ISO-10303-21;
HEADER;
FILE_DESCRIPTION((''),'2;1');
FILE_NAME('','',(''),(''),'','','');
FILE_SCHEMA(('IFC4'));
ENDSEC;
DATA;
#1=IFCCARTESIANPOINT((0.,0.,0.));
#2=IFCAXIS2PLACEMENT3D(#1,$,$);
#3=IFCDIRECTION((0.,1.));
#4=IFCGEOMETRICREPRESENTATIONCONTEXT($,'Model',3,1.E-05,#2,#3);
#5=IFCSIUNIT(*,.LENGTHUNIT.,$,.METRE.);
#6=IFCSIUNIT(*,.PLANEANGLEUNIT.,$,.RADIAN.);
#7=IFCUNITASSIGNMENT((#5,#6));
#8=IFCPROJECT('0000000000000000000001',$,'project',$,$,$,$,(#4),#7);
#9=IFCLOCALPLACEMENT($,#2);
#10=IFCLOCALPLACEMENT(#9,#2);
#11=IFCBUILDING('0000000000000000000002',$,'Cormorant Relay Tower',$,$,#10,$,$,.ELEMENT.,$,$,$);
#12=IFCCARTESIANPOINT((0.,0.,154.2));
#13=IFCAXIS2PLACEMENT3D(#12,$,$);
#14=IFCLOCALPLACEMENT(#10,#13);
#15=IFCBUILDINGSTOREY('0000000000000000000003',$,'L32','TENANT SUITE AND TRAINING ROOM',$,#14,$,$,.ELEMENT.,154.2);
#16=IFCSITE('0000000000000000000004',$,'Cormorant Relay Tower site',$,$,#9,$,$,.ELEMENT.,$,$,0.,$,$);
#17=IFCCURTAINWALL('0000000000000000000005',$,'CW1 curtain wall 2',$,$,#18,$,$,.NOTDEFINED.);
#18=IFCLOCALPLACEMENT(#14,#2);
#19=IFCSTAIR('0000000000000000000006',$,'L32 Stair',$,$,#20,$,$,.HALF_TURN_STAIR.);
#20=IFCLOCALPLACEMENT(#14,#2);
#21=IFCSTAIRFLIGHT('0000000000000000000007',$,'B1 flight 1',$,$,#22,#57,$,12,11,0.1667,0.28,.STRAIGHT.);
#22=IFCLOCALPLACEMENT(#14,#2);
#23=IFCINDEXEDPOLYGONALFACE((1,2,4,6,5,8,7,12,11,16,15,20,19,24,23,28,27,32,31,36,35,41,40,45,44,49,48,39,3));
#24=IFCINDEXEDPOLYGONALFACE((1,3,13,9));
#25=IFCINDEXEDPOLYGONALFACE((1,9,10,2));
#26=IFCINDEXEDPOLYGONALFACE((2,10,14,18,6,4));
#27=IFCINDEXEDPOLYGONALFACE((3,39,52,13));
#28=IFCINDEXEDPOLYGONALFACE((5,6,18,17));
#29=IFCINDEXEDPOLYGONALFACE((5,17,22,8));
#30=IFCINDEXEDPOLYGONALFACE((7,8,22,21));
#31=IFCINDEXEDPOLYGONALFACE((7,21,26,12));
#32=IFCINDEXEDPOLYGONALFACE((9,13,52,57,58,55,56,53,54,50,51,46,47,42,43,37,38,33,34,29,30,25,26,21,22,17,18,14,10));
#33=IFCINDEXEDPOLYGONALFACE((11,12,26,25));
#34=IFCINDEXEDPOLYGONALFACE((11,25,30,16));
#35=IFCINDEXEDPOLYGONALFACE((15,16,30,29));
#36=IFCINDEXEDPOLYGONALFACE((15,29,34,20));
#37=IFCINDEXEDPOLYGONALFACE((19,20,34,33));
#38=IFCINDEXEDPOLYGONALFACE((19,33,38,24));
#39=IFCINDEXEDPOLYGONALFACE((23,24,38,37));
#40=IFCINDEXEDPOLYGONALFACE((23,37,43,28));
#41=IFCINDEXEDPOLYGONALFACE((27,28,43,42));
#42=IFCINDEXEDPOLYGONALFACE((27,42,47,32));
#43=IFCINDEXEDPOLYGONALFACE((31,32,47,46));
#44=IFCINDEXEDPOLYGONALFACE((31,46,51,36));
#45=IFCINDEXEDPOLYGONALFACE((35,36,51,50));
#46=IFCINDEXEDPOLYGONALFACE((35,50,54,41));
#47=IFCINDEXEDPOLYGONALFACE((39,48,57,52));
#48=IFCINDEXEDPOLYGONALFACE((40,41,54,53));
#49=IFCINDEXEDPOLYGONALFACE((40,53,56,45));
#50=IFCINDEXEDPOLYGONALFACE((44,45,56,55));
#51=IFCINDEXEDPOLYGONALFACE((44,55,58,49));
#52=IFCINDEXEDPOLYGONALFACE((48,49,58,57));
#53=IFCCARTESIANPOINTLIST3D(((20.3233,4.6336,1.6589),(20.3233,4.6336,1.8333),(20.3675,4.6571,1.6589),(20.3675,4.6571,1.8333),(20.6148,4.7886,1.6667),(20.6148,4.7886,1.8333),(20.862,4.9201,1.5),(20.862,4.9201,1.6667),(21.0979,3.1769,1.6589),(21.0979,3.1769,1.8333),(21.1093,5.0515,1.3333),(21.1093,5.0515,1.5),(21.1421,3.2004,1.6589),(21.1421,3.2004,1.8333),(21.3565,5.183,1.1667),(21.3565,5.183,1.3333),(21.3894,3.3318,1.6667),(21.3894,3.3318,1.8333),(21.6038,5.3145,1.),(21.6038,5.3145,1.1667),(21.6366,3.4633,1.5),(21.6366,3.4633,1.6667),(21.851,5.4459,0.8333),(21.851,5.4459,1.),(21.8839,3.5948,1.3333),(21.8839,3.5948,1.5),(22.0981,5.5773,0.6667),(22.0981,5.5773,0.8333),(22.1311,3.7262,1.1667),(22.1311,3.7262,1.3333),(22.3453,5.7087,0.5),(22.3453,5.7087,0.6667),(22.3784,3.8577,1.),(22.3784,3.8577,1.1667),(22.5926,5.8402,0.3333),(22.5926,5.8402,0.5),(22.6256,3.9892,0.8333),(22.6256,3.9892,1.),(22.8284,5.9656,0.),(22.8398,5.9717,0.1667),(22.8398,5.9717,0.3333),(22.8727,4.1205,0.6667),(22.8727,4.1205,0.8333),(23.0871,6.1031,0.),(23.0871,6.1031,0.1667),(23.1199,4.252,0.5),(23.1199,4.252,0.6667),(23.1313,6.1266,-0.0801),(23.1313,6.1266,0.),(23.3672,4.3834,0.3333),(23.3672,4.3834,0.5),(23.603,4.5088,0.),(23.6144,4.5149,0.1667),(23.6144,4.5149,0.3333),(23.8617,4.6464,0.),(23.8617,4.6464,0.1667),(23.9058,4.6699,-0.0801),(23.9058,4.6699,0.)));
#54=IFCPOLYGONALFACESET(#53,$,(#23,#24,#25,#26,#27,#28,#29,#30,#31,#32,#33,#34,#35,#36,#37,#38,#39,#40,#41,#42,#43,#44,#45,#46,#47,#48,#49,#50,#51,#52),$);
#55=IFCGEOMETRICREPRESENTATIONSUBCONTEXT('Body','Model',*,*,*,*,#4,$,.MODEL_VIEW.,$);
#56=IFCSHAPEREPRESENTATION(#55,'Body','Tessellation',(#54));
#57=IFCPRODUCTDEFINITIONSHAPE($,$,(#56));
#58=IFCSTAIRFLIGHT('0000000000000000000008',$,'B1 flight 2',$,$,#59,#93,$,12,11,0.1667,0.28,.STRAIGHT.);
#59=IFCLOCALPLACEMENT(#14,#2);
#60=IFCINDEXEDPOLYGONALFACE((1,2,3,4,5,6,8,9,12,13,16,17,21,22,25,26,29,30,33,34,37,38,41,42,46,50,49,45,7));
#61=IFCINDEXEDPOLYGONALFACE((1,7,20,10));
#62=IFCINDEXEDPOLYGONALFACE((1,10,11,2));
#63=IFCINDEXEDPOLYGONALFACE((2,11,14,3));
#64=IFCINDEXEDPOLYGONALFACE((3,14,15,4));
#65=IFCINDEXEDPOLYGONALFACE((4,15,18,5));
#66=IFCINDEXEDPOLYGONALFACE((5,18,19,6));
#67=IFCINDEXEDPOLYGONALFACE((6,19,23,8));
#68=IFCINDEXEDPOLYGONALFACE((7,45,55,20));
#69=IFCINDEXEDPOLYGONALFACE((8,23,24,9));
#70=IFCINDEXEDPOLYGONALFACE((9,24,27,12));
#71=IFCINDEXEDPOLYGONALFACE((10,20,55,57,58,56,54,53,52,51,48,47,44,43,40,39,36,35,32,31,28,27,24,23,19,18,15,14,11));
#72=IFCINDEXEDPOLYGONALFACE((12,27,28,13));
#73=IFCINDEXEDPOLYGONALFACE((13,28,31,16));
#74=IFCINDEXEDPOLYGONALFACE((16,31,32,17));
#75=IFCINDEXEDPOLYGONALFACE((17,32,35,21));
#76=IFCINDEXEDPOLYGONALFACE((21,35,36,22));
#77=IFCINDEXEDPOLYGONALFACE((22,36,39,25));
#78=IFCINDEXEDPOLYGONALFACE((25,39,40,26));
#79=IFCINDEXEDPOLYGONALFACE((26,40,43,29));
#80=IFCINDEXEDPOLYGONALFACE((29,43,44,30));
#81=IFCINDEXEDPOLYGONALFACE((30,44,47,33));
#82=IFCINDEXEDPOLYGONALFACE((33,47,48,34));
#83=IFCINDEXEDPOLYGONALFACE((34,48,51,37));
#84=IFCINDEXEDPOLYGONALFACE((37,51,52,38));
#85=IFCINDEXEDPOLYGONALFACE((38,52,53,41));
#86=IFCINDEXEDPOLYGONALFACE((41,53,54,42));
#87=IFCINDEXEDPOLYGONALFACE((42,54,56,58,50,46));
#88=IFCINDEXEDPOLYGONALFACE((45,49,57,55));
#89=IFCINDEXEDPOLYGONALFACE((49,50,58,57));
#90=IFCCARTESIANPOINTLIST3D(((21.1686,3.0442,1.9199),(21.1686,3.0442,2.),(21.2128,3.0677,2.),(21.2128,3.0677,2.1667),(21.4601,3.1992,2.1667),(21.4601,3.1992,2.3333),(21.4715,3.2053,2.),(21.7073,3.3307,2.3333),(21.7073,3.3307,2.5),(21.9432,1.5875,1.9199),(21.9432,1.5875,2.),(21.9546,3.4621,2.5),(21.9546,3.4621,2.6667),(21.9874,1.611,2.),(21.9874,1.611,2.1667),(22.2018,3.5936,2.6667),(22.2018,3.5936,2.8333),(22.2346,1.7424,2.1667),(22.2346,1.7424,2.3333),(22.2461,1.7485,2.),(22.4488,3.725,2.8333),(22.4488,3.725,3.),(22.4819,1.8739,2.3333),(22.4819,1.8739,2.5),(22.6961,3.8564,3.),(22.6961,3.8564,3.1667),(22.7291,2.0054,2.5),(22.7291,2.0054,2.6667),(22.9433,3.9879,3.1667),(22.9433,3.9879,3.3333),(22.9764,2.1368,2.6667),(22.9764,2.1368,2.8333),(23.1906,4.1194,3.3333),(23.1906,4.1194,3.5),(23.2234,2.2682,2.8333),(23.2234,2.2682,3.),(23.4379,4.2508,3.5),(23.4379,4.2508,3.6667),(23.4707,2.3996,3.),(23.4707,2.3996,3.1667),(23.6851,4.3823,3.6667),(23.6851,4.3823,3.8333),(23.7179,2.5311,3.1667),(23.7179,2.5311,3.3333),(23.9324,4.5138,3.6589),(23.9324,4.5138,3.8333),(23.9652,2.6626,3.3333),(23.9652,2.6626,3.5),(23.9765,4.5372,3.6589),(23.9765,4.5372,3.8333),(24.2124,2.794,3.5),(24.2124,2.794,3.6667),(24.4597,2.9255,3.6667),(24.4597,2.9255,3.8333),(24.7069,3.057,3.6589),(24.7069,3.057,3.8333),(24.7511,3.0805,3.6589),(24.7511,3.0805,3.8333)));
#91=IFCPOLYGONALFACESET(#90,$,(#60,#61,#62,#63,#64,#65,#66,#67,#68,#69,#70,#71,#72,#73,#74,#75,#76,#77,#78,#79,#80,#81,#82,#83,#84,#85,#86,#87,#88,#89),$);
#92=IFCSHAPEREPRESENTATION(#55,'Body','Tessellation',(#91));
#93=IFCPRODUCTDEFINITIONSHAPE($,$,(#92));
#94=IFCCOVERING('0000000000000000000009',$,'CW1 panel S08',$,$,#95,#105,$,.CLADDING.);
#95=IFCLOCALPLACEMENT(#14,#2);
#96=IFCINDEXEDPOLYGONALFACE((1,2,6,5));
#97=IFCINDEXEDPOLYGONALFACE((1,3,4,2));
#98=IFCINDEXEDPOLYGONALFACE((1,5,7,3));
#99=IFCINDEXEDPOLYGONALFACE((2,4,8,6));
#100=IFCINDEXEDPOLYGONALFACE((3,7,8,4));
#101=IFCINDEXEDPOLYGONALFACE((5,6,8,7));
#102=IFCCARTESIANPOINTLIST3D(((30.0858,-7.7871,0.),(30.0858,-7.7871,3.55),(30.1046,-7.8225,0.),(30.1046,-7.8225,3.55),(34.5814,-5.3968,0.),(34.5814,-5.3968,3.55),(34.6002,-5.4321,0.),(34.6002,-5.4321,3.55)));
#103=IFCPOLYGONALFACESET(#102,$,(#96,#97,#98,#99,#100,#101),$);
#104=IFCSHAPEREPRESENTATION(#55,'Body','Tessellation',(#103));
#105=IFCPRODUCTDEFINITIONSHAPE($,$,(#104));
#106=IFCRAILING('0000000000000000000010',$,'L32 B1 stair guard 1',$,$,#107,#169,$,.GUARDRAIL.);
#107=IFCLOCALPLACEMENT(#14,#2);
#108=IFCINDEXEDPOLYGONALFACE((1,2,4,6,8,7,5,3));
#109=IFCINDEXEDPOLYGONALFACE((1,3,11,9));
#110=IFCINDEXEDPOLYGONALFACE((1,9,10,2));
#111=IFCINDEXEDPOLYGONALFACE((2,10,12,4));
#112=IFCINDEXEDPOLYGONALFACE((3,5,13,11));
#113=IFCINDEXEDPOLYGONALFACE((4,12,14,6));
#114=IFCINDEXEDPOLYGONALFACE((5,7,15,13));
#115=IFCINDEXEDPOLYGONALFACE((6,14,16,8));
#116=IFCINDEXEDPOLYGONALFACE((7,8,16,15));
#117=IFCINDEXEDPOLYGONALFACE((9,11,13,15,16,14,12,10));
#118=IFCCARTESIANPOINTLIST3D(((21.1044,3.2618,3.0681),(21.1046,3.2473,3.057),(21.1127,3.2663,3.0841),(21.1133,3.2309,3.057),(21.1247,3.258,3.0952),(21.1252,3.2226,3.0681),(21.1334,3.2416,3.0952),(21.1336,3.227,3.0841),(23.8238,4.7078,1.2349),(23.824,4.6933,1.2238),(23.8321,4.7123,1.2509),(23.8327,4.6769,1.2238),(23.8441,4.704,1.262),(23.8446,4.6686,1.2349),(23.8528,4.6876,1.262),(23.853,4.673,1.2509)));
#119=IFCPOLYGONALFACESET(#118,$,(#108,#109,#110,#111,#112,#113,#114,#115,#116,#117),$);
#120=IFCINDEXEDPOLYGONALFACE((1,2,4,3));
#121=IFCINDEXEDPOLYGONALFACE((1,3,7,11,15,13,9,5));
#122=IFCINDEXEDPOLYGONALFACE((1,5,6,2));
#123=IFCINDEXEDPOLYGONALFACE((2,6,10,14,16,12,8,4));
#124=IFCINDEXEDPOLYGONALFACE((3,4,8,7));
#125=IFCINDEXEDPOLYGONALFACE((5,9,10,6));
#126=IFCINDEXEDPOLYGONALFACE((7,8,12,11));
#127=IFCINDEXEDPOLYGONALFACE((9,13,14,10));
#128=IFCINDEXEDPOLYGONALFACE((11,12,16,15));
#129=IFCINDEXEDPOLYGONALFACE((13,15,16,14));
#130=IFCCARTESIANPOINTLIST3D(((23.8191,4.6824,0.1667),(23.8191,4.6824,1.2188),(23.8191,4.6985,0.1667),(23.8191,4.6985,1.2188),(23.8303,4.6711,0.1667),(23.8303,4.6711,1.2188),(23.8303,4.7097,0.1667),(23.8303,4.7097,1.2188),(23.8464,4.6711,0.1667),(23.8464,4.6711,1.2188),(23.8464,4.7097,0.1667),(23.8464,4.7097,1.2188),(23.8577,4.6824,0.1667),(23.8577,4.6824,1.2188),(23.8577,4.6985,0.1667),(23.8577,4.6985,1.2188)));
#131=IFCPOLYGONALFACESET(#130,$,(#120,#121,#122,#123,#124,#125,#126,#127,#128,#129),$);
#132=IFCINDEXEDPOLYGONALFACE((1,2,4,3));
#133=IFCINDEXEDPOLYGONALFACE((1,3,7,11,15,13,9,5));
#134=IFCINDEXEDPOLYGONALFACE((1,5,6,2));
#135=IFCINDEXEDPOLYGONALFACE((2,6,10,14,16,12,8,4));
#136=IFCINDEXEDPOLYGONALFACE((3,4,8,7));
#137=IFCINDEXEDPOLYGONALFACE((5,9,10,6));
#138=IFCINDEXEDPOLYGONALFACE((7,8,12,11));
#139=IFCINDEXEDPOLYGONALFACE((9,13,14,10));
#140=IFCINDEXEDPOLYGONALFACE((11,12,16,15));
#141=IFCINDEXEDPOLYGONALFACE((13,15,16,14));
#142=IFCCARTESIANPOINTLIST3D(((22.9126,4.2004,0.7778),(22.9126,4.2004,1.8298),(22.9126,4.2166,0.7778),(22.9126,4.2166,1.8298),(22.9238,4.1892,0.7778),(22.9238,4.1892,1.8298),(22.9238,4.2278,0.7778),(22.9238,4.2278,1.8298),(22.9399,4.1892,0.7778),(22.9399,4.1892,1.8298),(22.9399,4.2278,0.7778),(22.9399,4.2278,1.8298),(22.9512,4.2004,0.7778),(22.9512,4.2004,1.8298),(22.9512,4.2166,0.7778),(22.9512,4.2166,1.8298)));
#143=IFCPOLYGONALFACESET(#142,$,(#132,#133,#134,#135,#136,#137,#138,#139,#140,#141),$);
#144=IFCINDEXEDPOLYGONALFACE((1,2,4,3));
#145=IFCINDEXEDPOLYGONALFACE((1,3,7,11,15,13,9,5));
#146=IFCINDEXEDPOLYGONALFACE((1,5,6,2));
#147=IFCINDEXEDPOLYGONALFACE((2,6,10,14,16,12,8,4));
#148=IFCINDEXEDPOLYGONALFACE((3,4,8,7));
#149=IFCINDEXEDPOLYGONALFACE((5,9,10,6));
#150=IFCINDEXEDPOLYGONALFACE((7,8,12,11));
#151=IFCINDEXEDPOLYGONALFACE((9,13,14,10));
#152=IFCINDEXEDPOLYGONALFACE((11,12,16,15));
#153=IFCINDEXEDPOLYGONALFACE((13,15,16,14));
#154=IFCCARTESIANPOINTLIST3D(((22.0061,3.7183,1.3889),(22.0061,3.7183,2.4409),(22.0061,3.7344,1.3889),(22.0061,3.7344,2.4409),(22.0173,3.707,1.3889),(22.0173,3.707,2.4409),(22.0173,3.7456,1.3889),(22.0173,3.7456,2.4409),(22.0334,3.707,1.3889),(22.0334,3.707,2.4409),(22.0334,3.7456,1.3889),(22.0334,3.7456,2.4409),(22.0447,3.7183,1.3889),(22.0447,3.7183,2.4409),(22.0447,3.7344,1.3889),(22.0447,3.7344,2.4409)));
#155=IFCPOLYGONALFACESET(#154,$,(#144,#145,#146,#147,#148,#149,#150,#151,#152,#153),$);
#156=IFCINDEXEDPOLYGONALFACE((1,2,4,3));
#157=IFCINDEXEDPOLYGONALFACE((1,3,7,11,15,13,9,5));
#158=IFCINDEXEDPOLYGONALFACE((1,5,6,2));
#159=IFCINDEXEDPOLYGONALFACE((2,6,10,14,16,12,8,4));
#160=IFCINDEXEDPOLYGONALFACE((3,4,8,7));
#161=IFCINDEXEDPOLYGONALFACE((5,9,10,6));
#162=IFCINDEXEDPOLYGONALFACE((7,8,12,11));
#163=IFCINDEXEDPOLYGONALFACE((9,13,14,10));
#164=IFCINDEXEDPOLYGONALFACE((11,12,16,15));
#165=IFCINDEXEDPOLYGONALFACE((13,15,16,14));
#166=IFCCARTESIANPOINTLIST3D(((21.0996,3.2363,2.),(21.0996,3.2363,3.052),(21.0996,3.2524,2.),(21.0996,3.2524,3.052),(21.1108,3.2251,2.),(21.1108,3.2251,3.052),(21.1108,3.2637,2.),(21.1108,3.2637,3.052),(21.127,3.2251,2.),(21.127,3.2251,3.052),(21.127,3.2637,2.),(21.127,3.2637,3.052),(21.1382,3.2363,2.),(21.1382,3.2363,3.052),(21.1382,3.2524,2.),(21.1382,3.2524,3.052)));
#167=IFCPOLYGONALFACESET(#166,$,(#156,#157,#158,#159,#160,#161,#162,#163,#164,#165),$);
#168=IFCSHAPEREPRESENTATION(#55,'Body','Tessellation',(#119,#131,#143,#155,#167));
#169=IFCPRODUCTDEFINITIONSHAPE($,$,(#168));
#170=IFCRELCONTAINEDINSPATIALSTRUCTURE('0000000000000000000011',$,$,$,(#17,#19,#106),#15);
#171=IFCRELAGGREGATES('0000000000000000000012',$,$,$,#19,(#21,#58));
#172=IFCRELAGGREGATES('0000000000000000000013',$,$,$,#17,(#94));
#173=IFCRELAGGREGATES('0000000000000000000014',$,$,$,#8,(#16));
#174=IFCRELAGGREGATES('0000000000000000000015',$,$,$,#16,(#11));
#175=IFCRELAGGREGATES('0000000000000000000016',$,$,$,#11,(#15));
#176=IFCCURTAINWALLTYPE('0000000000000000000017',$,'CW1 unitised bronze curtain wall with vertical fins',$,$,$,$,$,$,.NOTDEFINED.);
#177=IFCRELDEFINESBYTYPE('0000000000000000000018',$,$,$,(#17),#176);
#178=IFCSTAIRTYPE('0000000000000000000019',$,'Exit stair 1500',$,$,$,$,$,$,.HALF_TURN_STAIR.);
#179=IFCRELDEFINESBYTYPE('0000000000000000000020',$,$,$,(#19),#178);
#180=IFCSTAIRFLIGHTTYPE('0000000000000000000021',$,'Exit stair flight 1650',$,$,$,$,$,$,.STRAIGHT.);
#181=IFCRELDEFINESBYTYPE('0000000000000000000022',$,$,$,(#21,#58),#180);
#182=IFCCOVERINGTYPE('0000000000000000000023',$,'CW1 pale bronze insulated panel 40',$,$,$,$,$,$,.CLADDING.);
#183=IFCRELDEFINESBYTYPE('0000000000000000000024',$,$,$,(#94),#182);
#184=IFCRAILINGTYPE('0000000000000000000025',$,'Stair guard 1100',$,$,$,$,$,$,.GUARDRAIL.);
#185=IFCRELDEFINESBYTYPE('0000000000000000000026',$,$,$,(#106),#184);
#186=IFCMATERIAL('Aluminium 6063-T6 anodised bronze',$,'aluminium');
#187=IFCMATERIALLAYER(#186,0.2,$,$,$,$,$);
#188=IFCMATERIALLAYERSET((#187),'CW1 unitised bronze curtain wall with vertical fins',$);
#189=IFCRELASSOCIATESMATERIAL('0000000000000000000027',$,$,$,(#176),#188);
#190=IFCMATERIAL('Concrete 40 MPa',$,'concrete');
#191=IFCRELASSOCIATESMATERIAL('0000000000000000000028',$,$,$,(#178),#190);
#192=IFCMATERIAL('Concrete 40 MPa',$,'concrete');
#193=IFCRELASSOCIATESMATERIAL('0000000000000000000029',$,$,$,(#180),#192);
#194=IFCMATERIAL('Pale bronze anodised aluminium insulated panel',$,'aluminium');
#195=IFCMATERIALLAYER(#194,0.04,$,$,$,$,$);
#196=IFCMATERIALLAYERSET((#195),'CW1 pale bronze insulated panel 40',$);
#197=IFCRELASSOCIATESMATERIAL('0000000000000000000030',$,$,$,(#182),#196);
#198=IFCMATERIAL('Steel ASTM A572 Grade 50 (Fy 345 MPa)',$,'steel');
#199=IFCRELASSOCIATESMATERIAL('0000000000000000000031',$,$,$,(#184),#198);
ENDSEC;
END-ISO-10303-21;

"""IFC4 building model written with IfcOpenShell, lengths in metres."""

from ifc_helpers import new_model, si_unit, direction, frame, origin, origin_2d, place, context, subcontext, project, spatial, polyline, rectangle, outline, extrude, material, layer, layer_set, type_object, element, aggregate, save


model = new_model("IFC4")

# Units and contexts
model_context = context("Model", 3, precision=1e-05, world=origin(), true_north=direction((0.0, 1.0)))
body_context = subcontext(model_context, "Body", "Model", "MODEL_VIEW")
ifc_project = project(units=[si_unit("LENGTHUNIT", "METRE"), si_unit("PLANEANGLEUNIT", "RADIAN")], contexts=[model_context])

# Site, building, storey
site_placement = place(None, origin())
site = spatial("IfcSite", under=ifc_project, at=site_placement, Name="Cormorant Relay Tower site", CompositionType="ELEMENT", RefElevation=0.0)
building_placement = place(site_placement, origin())
building = spatial("IfcBuilding", under=site, at=building_placement, Name="Cormorant Relay Tower", CompositionType="ELEMENT")
storey_placement = place(building_placement, frame((0.0, 0.0, 154.2)))
storey = spatial("IfcBuildingStorey", under=building, at=storey_placement, Name="L32", Description="TENANT SUITE AND TRAINING ROOM", CompositionType="ELEMENT", Elevation=154.2)

# Curtain wall
ifc_material_1 = material(Name="Aluminium 6063-T6 anodised bronze", Category="aluminium")
ifc_layer_1 = layer(ifc_material_1, 0.2)
ifc_layer_set_1 = layer_set([ifc_layer_1], Name="CW1 unitised bronze curtain wall with vertical fins")
curtain_wall_type = type_object("IfcCurtainWallType", Name="CW1 unitised bronze curtain wall with vertical fins", PredefinedType="NOTDEFINED", material=ifc_layer_set_1)
curtain_wall_1_placement = place(storey_placement, origin())
curtain_wall_1 = element("IfcCurtainWall", 1, at=curtain_wall_1_placement, inside=storey, type_object=curtain_wall_type, Name="CW1 curtain wall 2", PredefinedType="NOTDEFINED")

# Stair, stair flights
ifc_material_2 = material(Name="Concrete 40 MPa", Category="concrete")
stair_type = type_object("IfcStairType", Name="Exit stair 1500", PredefinedType="HALF_TURN_STAIR", material=ifc_material_2)
stair_placement = place(storey_placement, origin())
stair = element("IfcStair", 2, at=stair_placement, inside=storey, type_object=stair_type, Name="L32 Stair", PredefinedType="HALF_TURN_STAIR")
ifc_material_3 = material(Name="Concrete 40 MPa", Category="concrete")
stair_flight_type = type_object("IfcStairFlightType", Name="Exit stair flight 1650", PredefinedType="STRAIGHT", material=ifc_material_3)
stair_flight_1_placement = place(storey_placement, frame((23.4744, 5.3748, 0.0), z_axis=(0.0, 0.0, 1.0), x_axis=(-0.882948, -0.469472, 0.0)))
stair_flight_1 = element("IfcStairFlight", 3, at=stair_flight_1_placement, type_object=stair_flight_type, Name="B1 flight 1", NumberOfRisers=12, NumberOfTreads=11, PredefinedType="STRAIGHT", RiserHeight=0.1667, TreadLength=0.28, context=body_context, shape_type="SweptSolid", body=[
    extrude(outline(polyline([(-0.05, -0.0801), (-0.05, 0.0), (0.0, 0.0), (0.0, 0.1667), (0.28, 0.1667), (0.28, 0.3333), (0.5601, 0.3333), (0.5601, 0.5), (0.8401, 0.5), (0.8401, 0.6667), (1.1201, 0.6667), (1.1201, 0.8333), (1.3999, 0.8333), (1.3999, 1.0), (1.6799, 1.0), (1.6799, 1.1667), (1.96, 1.1667), (1.96, 1.3333), (2.24, 1.3333), (2.24, 1.5), (2.52, 1.5), (2.52, 1.6667), (2.8, 1.6667), (2.8, 1.8333), (3.0801, 1.8333), (3.1301, 1.8333), (3.1301, 1.6589), (3.0801, 1.6589), (0.293, 0.0), (-0.05, -0.0801)])), frame((0.0, 0.825, 0.0), z_axis=(0.0, -1.0, 0.0), x_axis=(1.0, 0.0, 0.0)), (0.0, 0.0, 1.0), 1.6499),
])
stair_flight_2_placement = place(storey_placement, frame((21.6001, 2.3394, 2.0), z_axis=(0.0, 0.0, 1.0), x_axis=(0.882948, 0.469472, 0.0)))
stair_flight_2 = element("IfcStairFlight", 4, at=stair_flight_2_placement, type_object=stair_flight_type, Name="B1 flight 2", NumberOfRisers=12, NumberOfTreads=11, PredefinedType="STRAIGHT", RiserHeight=0.1667, TreadLength=0.28, context=body_context, shape_type="SweptSolid", body=[
    extrude(outline(polyline([(-0.05, -0.0801), (-0.05, 0.0), (0.0, 0.0), (0.0, 0.1667), (0.28, 0.1667), (0.28, 0.3333), (0.5601, 0.3333), (0.5601, 0.5), (0.8401, 0.5), (0.8401, 0.6667), (1.1201, 0.6667), (1.1201, 0.8333), (1.3999, 0.8333), (1.3999, 1.0), (1.6799, 1.0), (1.6799, 1.1667), (1.96, 1.1667), (1.96, 1.3333), (2.24, 1.3333), (2.24, 1.5), (2.52, 1.5), (2.52, 1.6667), (2.8, 1.6667), (2.8, 1.8333), (3.0801, 1.8333), (3.1301, 1.8333), (3.1301, 1.6589), (3.0801, 1.6589), (0.293, 0.0), (-0.05, -0.0801)])), frame((0.0, 0.825, 0.0), z_axis=(0.0, -1.0, 0.0), x_axis=(1.0, 0.0, 0.0)), (0.0, 0.0, 1.0), 1.6499),
])
aggregate(stair, [stair_flight_1, stair_flight_2])

# Covering
ifc_material_4 = material(Name="Pale bronze anodised aluminium insulated panel", Category="aluminium")
ifc_layer_2 = layer(ifc_material_4, 0.04)
ifc_layer_set_2 = layer_set([ifc_layer_2], Name="CW1 pale bronze insulated panel 40")
covering_type = type_object("IfcCoveringType", Name="CW1 pale bronze insulated panel 40", PredefinedType="CLADDING", material=ifc_layer_set_2)
covering_placement = place(storey_placement, frame((32.343, -6.6096, 0.0), z_axis=(0.0, 0.0, 1.0), x_axis=(0.882948, 0.469472, 0.0)))
covering = element("IfcCovering", 5, at=covering_placement, type_object=covering_type, Name="CW1 panel S08", PredefinedType="CLADDING", context=body_context, shape_type="SweptSolid", body=[
    extrude(rectangle(XDim=5.0916, YDim=0.04, at=origin_2d()), origin(), (0.0, 0.0, 1.0), 3.55),
])
aggregate(curtain_wall_1, [covering])

# Railing
ifc_material_5 = material(Name="Steel ASTM A572 Grade 50 (Fy 345 MPa)", Category="steel")
railing_type_1 = type_object("IfcRailingType", Name="Stair guard 1100", PredefinedType="GUARDRAIL", material=ifc_material_5)
railing_1_placement = place(storey_placement, frame((23.8384, 4.6904, 0.1667)))
element("IfcRailing", 6, at=railing_1_placement, inside=storey, type_object=railing_type_1, Name="L32 B1 stair guard 1", PredefinedType="GUARDRAIL", context=body_context, shape_type="SweptSolid", body=[
    extrude(outline(polyline([(0.0222, 0.0093), (0.0093, 0.0222), (-0.0093, 0.0222), (-0.0222, 0.0093), (-0.0222, -0.0093), (-0.0093, -0.0222), (0.0093, -0.0222), (0.0222, -0.0093), (0.0222, 0.0093)])), frame((0.0, 0.0, 1.0762), z_axis=(-0.758714, -0.403435, 0.511463), x_axis=(0.469489, -0.882938, 0.0)), (0.0, 0.0, 1.0), 3.5842),
    extrude(outline(polyline([(0.0193, 0.0081), (0.0081, 0.0193), (-0.0081, 0.0193), (-0.0193, 0.0081), (-0.0193, -0.0081), (-0.0081, -0.0193), (0.0081, -0.0193), (0.0193, -0.0081), (0.0193, 0.0081)])), origin(), (0.0, 0.0, 1.0), 1.052),
    extrude(outline(polyline([(0.0193, 0.0081), (0.0081, 0.0193), (-0.0081, 0.0193), (-0.0193, 0.0081), (-0.0193, -0.0081), (-0.0081, -0.0193), (0.0081, -0.0193), (0.0193, -0.0081), (0.0193, 0.0081)])), frame((-0.9065, -0.4819, 0.6111)), (0.0, 0.0, 1.0), 1.052),
    extrude(outline(polyline([(0.0193, 0.0081), (0.0081, 0.0193), (-0.0081, 0.0193), (-0.0193, 0.0081), (-0.0193, -0.0081), (-0.0081, -0.0193), (0.0081, -0.0193), (0.0193, -0.0081), (0.0193, 0.0081)])), frame((-1.813, -0.9641, 1.2222)), (0.0, 0.0, 1.0), 1.052),
    extrude(outline(polyline([(0.0193, 0.0081), (0.0081, 0.0193), (-0.0081, 0.0193), (-0.0193, 0.0081), (-0.0193, -0.0081), (-0.0081, -0.0193), (0.0081, -0.0193), (0.0193, -0.0081), (0.0193, 0.0081)])), frame((-2.7195, -1.446, 1.8333)), (0.0, 0.0, 1.0), 1.052),
])

save(model, "model.ifc")
